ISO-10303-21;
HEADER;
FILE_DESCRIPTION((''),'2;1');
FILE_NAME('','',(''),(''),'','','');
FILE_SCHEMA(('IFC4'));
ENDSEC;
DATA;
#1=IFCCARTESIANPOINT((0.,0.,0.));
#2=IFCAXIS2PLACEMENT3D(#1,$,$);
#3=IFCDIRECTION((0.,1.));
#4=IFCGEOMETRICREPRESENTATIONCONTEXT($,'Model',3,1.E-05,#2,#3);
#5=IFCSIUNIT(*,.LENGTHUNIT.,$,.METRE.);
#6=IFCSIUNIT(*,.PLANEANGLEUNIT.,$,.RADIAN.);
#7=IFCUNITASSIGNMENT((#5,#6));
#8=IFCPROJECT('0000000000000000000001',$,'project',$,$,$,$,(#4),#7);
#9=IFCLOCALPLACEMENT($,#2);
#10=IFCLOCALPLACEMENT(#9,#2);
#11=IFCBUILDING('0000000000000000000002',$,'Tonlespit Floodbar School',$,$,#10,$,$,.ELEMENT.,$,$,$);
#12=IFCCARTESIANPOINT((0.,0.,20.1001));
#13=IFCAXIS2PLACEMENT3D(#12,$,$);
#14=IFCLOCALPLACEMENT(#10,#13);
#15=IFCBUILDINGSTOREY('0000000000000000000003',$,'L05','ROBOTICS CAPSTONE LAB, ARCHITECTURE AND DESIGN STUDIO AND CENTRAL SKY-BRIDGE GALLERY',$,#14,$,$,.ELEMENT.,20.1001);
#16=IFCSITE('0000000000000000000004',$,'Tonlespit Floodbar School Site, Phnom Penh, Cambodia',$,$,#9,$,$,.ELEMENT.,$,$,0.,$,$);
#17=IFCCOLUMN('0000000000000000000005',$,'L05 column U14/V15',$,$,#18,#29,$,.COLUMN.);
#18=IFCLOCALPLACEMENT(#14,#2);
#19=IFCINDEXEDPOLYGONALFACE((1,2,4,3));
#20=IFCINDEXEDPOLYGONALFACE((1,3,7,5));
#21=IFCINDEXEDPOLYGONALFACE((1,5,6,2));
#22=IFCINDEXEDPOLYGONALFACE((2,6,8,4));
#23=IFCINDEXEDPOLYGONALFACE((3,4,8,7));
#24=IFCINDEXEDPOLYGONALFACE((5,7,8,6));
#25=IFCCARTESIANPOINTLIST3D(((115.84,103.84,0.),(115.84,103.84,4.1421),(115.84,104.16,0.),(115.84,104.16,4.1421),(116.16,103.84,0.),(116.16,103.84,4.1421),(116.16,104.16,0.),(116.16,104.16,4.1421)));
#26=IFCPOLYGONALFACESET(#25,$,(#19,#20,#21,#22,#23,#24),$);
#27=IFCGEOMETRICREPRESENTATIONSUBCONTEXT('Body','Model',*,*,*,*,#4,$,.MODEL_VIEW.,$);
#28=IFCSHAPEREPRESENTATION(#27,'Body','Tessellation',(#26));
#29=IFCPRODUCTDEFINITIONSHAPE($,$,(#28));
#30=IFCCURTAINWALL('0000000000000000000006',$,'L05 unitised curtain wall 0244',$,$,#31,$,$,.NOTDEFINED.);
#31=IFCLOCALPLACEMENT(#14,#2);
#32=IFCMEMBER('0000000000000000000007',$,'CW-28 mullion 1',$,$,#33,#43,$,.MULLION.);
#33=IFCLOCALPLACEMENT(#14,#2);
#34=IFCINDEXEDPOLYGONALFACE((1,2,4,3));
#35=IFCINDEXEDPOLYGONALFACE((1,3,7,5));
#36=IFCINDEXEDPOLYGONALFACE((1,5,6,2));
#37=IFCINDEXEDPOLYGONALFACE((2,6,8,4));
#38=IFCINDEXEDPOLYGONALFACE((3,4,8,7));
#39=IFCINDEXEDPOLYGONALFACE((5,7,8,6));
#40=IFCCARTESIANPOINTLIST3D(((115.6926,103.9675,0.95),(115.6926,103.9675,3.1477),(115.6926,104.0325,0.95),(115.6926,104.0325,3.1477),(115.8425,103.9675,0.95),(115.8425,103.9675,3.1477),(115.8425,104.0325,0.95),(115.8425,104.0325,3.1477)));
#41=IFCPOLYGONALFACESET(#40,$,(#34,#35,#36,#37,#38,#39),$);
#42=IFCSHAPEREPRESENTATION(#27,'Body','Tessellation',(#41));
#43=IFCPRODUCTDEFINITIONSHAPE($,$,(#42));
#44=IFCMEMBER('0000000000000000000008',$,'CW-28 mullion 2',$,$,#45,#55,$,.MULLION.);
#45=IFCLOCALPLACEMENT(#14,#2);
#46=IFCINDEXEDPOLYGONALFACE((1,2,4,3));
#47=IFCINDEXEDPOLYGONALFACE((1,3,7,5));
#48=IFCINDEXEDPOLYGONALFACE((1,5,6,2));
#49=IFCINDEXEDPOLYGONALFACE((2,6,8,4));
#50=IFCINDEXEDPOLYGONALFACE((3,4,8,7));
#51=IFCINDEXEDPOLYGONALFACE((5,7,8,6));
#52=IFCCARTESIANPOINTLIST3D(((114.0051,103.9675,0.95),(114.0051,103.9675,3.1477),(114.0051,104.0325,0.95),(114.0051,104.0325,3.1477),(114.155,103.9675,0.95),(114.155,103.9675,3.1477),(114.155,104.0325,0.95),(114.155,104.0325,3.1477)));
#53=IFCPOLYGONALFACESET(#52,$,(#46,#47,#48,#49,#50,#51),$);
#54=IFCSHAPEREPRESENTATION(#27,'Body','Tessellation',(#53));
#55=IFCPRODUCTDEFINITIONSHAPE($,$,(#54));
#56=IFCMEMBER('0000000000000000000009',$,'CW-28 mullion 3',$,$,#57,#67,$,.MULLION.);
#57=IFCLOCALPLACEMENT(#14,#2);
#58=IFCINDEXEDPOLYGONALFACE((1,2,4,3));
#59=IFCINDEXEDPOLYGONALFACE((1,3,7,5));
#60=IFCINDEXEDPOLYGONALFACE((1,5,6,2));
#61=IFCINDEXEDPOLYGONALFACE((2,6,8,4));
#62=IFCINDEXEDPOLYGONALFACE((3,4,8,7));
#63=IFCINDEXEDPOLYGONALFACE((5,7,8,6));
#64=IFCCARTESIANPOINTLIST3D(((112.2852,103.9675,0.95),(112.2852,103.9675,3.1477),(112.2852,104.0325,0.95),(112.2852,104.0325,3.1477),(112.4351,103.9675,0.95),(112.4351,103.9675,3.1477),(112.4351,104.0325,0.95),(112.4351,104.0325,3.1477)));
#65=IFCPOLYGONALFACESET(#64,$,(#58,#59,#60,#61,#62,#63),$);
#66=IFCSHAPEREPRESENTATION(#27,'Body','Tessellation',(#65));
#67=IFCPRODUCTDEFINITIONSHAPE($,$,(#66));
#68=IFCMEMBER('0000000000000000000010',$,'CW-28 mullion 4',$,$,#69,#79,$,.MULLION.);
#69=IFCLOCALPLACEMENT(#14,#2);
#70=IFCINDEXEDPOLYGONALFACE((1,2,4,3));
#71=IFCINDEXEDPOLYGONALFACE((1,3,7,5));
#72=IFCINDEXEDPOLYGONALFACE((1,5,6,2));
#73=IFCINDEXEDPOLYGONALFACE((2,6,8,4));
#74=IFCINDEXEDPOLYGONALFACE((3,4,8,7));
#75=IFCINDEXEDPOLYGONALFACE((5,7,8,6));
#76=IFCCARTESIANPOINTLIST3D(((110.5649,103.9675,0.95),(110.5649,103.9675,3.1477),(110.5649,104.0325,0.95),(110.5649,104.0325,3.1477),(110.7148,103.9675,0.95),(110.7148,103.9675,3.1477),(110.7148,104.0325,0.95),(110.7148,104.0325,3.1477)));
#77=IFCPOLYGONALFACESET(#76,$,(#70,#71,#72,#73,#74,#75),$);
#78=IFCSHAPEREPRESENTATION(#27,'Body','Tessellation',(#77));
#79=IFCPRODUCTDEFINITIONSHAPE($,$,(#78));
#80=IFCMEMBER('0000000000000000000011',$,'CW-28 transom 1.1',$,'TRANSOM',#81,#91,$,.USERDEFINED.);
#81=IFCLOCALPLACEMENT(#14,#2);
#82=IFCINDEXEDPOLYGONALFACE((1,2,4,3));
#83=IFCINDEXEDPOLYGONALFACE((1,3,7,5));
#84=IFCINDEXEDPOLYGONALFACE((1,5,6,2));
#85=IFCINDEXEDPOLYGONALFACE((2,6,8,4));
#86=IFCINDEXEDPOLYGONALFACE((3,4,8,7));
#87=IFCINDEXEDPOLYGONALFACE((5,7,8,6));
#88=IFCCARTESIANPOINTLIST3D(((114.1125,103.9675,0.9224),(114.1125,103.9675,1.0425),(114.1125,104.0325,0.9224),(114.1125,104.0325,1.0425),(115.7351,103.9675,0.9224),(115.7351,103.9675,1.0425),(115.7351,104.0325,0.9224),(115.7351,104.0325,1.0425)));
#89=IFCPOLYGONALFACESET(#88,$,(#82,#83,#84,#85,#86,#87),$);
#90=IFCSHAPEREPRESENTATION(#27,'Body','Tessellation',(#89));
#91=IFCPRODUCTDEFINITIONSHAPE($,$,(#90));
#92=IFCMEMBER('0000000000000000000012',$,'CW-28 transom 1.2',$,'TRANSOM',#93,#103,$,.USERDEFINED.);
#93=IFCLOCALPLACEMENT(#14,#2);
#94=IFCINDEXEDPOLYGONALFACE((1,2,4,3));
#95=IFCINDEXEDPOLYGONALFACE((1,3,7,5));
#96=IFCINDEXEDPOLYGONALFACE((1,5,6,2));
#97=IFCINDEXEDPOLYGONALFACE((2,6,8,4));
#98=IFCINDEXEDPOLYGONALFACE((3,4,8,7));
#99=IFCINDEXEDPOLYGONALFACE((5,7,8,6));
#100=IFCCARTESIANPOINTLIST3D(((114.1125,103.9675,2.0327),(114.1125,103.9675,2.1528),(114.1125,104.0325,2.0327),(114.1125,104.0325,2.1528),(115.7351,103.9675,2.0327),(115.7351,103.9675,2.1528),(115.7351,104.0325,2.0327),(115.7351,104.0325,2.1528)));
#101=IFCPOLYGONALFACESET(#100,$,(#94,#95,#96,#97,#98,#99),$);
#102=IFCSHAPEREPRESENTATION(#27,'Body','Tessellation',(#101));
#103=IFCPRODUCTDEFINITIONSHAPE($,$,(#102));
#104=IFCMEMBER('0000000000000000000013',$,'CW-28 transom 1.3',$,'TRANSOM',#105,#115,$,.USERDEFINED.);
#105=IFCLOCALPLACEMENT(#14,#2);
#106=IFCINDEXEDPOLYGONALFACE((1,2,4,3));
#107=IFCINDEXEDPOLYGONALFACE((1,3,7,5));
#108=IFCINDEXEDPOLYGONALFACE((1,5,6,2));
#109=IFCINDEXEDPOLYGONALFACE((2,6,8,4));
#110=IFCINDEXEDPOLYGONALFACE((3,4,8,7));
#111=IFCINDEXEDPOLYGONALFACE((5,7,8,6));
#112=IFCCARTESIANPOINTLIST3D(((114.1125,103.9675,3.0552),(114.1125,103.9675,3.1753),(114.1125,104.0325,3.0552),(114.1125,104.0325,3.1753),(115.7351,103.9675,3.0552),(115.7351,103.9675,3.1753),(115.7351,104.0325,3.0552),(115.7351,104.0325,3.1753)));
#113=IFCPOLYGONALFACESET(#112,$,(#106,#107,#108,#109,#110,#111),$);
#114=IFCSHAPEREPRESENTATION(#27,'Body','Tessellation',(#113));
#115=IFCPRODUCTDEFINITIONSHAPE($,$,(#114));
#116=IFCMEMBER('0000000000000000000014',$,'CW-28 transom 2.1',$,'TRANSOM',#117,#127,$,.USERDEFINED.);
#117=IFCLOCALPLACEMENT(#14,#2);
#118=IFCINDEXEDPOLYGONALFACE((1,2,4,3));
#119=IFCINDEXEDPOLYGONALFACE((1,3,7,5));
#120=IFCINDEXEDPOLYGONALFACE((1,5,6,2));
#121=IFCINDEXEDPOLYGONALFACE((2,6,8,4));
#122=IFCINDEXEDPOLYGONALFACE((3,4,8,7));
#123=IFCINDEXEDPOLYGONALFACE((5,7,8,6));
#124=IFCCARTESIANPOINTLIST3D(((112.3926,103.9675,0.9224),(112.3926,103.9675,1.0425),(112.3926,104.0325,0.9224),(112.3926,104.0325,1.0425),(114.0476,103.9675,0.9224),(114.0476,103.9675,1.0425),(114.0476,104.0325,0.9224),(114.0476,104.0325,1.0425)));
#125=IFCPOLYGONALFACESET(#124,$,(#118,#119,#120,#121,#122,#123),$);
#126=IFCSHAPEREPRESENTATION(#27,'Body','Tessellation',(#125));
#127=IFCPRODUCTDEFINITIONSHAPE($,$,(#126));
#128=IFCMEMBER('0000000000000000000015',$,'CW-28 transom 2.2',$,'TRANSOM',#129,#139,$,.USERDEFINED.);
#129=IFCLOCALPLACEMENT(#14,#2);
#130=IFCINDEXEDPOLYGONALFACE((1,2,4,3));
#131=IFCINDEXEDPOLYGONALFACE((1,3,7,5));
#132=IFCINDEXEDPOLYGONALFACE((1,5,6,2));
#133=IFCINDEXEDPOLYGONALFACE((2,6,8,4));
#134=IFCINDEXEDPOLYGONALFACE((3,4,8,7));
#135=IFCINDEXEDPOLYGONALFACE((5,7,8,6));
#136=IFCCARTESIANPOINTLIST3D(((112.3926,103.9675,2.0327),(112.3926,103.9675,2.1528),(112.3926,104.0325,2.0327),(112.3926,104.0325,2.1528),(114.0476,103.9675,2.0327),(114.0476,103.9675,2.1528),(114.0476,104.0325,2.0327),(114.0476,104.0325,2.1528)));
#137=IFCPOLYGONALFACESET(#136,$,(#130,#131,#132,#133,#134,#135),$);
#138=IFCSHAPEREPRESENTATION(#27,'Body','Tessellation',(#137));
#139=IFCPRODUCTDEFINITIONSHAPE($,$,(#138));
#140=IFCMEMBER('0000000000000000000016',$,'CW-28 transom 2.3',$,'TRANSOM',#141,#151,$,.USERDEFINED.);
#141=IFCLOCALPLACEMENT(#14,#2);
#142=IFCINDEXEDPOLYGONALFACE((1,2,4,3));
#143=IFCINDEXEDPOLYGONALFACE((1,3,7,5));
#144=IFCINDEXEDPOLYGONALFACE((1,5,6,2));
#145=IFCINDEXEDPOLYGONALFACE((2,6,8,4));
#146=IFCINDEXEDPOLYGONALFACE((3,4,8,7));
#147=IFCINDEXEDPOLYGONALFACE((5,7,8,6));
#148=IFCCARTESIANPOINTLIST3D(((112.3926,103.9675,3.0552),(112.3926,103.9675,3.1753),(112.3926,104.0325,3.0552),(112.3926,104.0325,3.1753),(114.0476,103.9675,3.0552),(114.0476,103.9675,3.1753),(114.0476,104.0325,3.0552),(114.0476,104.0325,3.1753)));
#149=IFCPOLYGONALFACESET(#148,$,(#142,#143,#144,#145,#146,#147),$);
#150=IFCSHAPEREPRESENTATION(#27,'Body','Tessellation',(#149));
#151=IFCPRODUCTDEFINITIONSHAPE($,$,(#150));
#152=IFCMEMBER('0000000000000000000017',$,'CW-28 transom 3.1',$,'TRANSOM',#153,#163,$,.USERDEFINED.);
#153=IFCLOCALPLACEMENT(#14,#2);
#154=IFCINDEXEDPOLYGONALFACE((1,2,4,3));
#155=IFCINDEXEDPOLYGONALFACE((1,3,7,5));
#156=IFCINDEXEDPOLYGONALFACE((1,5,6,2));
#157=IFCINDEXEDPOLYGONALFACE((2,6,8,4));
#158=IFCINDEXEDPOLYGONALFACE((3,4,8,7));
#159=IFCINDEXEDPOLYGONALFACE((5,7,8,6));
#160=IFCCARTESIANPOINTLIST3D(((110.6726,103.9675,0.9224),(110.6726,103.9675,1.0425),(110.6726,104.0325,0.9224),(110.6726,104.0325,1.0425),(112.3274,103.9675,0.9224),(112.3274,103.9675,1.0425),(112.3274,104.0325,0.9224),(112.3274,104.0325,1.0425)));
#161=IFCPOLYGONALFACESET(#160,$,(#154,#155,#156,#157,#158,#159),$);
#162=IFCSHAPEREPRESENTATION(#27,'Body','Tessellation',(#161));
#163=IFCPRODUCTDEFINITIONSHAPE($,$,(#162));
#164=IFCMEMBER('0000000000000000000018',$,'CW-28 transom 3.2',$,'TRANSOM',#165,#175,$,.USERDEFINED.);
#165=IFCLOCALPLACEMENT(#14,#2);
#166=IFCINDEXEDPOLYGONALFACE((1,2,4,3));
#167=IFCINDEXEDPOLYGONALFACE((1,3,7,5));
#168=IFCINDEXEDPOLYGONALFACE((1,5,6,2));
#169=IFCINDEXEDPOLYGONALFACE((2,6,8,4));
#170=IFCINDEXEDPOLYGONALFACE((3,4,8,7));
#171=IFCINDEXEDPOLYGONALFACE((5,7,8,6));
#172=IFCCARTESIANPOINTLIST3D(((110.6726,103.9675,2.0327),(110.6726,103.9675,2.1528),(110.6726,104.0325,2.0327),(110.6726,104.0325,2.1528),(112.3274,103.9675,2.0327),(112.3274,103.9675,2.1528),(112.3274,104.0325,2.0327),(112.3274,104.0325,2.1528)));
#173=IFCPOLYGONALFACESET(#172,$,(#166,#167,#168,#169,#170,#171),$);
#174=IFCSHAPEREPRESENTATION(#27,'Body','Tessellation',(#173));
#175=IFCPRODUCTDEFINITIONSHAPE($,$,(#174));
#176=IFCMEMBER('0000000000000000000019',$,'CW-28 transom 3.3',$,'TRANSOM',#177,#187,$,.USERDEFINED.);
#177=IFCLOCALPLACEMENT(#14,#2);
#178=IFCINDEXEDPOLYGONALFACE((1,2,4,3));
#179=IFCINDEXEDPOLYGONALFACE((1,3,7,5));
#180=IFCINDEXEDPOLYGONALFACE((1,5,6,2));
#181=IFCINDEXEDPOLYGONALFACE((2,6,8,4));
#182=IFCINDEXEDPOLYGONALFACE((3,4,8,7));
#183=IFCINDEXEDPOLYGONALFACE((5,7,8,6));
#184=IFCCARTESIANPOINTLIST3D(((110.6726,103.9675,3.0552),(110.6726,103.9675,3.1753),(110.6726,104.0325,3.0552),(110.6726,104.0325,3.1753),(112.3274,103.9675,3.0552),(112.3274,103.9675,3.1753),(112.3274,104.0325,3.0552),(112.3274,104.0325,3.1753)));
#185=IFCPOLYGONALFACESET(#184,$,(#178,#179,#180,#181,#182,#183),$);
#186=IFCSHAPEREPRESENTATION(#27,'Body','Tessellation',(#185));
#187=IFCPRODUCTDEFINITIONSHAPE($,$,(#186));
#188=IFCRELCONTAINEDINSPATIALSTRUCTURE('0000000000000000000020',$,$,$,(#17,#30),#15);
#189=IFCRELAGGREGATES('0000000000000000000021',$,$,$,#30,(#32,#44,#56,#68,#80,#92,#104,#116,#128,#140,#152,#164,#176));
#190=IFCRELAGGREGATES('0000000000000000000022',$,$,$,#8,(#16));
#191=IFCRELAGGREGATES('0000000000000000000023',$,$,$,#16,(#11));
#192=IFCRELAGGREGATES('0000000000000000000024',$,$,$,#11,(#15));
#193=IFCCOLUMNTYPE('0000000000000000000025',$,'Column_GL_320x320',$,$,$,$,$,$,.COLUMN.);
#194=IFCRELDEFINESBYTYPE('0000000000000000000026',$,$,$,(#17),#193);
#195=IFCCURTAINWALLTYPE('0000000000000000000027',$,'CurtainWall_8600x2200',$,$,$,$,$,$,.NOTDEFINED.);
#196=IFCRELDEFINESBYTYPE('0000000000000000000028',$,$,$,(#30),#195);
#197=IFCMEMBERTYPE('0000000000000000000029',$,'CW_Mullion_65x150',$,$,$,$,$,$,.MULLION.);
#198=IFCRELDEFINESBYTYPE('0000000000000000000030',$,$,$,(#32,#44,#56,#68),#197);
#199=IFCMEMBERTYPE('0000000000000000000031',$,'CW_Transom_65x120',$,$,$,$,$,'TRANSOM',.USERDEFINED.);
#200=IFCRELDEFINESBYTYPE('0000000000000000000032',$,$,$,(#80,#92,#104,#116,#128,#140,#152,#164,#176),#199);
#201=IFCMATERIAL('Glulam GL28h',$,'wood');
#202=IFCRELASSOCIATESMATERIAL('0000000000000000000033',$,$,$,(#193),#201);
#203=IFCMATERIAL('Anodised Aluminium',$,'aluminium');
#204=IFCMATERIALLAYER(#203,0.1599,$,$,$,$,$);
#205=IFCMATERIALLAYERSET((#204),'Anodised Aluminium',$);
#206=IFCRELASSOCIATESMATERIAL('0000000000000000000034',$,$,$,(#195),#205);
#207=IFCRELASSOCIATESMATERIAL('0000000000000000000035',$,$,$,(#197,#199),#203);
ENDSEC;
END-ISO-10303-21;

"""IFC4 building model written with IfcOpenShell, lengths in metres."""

from ifc_helpers import new_model, si_unit, direction, frame, origin, origin_2d, place, context, subcontext, project, spatial, rectangle, extrude, material, layer, layer_set, material_profile, profile_set, type_object, element, aggregate, save


model = new_model("IFC4")

# Units and contexts
model_context = context("Model", 3, precision=1e-05, world=origin(), true_north=direction((0.0, 1.0)))
body_context = subcontext(model_context, "Body", "Model", "MODEL_VIEW")
ifc_project = project(units=[si_unit("LENGTHUNIT", "METRE"), si_unit("PLANEANGLEUNIT", "RADIAN")], contexts=[model_context])

# Site, building, storey
site_placement = place(None, origin())
site = spatial("IfcSite", under=ifc_project, at=site_placement, Name="Tonlespit Floodbar School Site, Phnom Penh, Cambodia", CompositionType="ELEMENT", RefElevation=0.0)
building_placement = place(site_placement, origin())
building = spatial("IfcBuilding", under=site, at=building_placement, Name="Tonlespit Floodbar School", CompositionType="ELEMENT")
storey_placement = place(building_placement, frame((0.0, 0.0, 20.1001)))
storey = spatial("IfcBuildingStorey", under=building, at=storey_placement, Name="L05", Description="ROBOTICS CAPSTONE LAB, ARCHITECTURE AND DESIGN STUDIO AND CENTRAL SKY-BRIDGE GALLERY", CompositionType="ELEMENT", Elevation=20.1001)

# Column
ifc_material_1 = material(Name="Glulam GL28h", Category="wood")
ifc_material_profile_1 = material_profile(ifc_material_1, rectangle(XDim=0.3201, YDim=0.3201, at=origin_2d()), Name="GL 320x320")
ifc_profile_set_1 = profile_set([ifc_material_profile_1], Name="Glulam GL28h")
column_type = type_object("IfcColumnType", Name="Column_GL_320x320", PredefinedType="COLUMN", material=ifc_profile_set_1)
column_placement = place(storey_placement, frame((116.0, 104.0, 0.0), z_axis=(0.0, 0.0, 1.0), x_axis=(1.0, 0.0, 0.0)))
element("IfcColumn", 1, at=column_placement, inside=storey, type_object=column_type, Name="L05 column U14/V15", PredefinedType="COLUMN", context=body_context, shape_type="SweptSolid", body=[
    extrude(rectangle(XDim=0.3201, YDim=0.3201, at=origin_2d()), origin(), (0.0, 0.0, 1.0), 4.1421),
])

# Curtain wall, members
ifc_material_2 = material(Name="Anodised Aluminium", Category="aluminium")
ifc_layer_1 = layer(ifc_material_2, 0.1599)
ifc_layer_set_1 = layer_set([ifc_layer_1], Name="Anodised Aluminium")
curtain_wall_type = type_object("IfcCurtainWallType", Name="CurtainWall_8600x2200", PredefinedType="NOTDEFINED", material=ifc_layer_set_1)
curtain_wall_placement = place(storey_placement, origin())
curtain_wall = element("IfcCurtainWall", 2, at=curtain_wall_placement, inside=storey, type_object=curtain_wall_type, Name="L05 unitised curtain wall 0244", PredefinedType="NOTDEFINED")
ifc_material_profile_2 = material_profile(ifc_material_2, rectangle(XDim=0.0649, YDim=0.1499, at=origin_2d()), Name="ALU M65x150")
ifc_profile_set_2 = profile_set([ifc_material_profile_2], Name="Anodised Aluminium")
member_type_1 = type_object("IfcMemberType", Name="CW_Mullion_65x150", PredefinedType="MULLION", material=ifc_profile_set_2)
member_1_placement = place(storey_placement, frame((115.7676, 104.0, 0.95), z_axis=(0.0, 0.0, 1.0), x_axis=(0.0, -1.0, 0.0)))
member_1 = element("IfcMember", 3, at=member_1_placement, type_object=member_type_1, Name="CW-28 mullion 1", PredefinedType="MULLION", context=body_context, shape_type="SweptSolid", body=[
    extrude(rectangle(XDim=0.0649, YDim=0.1499, at=origin_2d()), origin(), (0.0, 0.0, 1.0), 2.1978),
])
member_2_placement = place(storey_placement, frame((114.0801, 104.0, 0.95), z_axis=(0.0, 0.0, 1.0), x_axis=(0.0, -1.0, 0.0)))
member_2 = element("IfcMember", 4, at=member_2_placement, type_object=member_type_1, Name="CW-28 mullion 2", PredefinedType="MULLION", context=body_context, shape_type="SweptSolid", body=[
    extrude(rectangle(XDim=0.0649, YDim=0.1499, at=origin_2d()), origin(), (0.0, 0.0, 1.0), 2.1978),
])
member_3_placement = place(storey_placement, frame((112.3601, 104.0, 0.95), z_axis=(0.0, 0.0, 1.0), x_axis=(0.0, -1.0, 0.0)))
member_3 = element("IfcMember", 5, at=member_3_placement, type_object=member_type_1, Name="CW-28 mullion 3", PredefinedType="MULLION", context=body_context, shape_type="SweptSolid", body=[
    extrude(rectangle(XDim=0.0649, YDim=0.1499, at=origin_2d()), origin(), (0.0, 0.0, 1.0), 2.1978),
])
member_4_placement = place(storey_placement, frame((110.6399, 104.0, 0.95), z_axis=(0.0, 0.0, 1.0), x_axis=(0.0, -1.0, 0.0)))
member_4 = element("IfcMember", 6, at=member_4_placement, type_object=member_type_1, Name="CW-28 mullion 4", PredefinedType="MULLION", context=body_context, shape_type="SweptSolid", body=[
    extrude(rectangle(XDim=0.0649, YDim=0.1499, at=origin_2d()), origin(), (0.0, 0.0, 1.0), 2.1978),
])
ifc_material_profile_3 = material_profile(ifc_material_2, rectangle(XDim=0.0649, YDim=0.1201, at=origin_2d()), Name="ALU T65x120")
ifc_profile_set_3 = profile_set([ifc_material_profile_3], Name="Anodised Aluminium")
member_type_2 = type_object("IfcMemberType", Name="CW_Transom_65x120", ElementType="TRANSOM", PredefinedType="USERDEFINED", material=ifc_profile_set_3)
member_5_placement = place(storey_placement, frame((115.7351, 104.0, 0.9824), z_axis=(-1.0, 0.0, 0.0), x_axis=(0.0, -1.0, 0.0)))
member_5 = element("IfcMember", 7, at=member_5_placement, type_object=member_type_2, Name="CW-28 transom 1.1", ObjectType="TRANSOM", PredefinedType="USERDEFINED", context=body_context, shape_type="SweptSolid", body=[
    extrude(rectangle(XDim=0.0649, YDim=0.1201, at=origin_2d()), origin(), (0.0, 0.0, 1.0), 1.6226),
])
member_6_placement = place(storey_placement, frame((115.7351, 104.0, 2.0928), z_axis=(-1.0, 0.0, 0.0), x_axis=(0.0, -1.0, 0.0)))
member_6 = element("IfcMember", 8, at=member_6_placement, type_object=member_type_2, Name="CW-28 transom 1.2", ObjectType="TRANSOM", PredefinedType="USERDEFINED", context=body_context, shape_type="SweptSolid", body=[
    extrude(rectangle(XDim=0.0649, YDim=0.1201, at=origin_2d()), origin(), (0.0, 0.0, 1.0), 1.6226),
])
member_7_placement = place(storey_placement, frame((115.7351, 104.0, 3.1152), z_axis=(-1.0, 0.0, 0.0), x_axis=(0.0, -1.0, 0.0)))
member_7 = element("IfcMember", 9, at=member_7_placement, type_object=member_type_2, Name="CW-28 transom 1.3", ObjectType="TRANSOM", PredefinedType="USERDEFINED", context=body_context, shape_type="SweptSolid", body=[
    extrude(rectangle(XDim=0.0649, YDim=0.1201, at=origin_2d()), origin(), (0.0, 0.0, 1.0), 1.6226),
])
member_8_placement = place(storey_placement, frame((114.0476, 104.0, 0.9824), z_axis=(-1.0, 0.0, 0.0), x_axis=(0.0, -1.0, 0.0)))
member_8 = element("IfcMember", 10, at=member_8_placement, type_object=member_type_2, Name="CW-28 transom 2.1", ObjectType="TRANSOM", PredefinedType="USERDEFINED", context=body_context, shape_type="SweptSolid", body=[
    extrude(rectangle(XDim=0.0649, YDim=0.1201, at=origin_2d()), origin(), (0.0, 0.0, 1.0), 1.655),
])
member_9_placement = place(storey_placement, frame((114.0476, 104.0, 2.0928), z_axis=(-1.0, 0.0, 0.0), x_axis=(0.0, -1.0, 0.0)))
member_9 = element("IfcMember", 11, at=member_9_placement, type_object=member_type_2, Name="CW-28 transom 2.2", ObjectType="TRANSOM", PredefinedType="USERDEFINED", context=body_context, shape_type="SweptSolid", body=[
    extrude(rectangle(XDim=0.0649, YDim=0.1201, at=origin_2d()), origin(), (0.0, 0.0, 1.0), 1.655),
])
member_10_placement = place(storey_placement, frame((114.0476, 104.0, 3.1152), z_axis=(-1.0, 0.0, 0.0), x_axis=(0.0, -1.0, 0.0)))
member_10 = element("IfcMember", 12, at=member_10_placement, type_object=member_type_2, Name="CW-28 transom 2.3", ObjectType="TRANSOM", PredefinedType="USERDEFINED", context=body_context, shape_type="SweptSolid", body=[
    extrude(rectangle(XDim=0.0649, YDim=0.1201, at=origin_2d()), origin(), (0.0, 0.0, 1.0), 1.655),
])
member_11_placement = place(storey_placement, frame((112.3274, 104.0, 0.9824), z_axis=(-1.0, 0.0, 0.0), x_axis=(0.0, -1.0, 0.0)))
member_11 = element("IfcMember", 13, at=member_11_placement, type_object=member_type_2, Name="CW-28 transom 3.1", ObjectType="TRANSOM", PredefinedType="USERDEFINED", context=body_context, shape_type="SweptSolid", body=[
    extrude(rectangle(XDim=0.0649, YDim=0.1201, at=origin_2d()), origin(), (0.0, 0.0, 1.0), 1.6548),
])
member_12_placement = place(storey_placement, frame((112.3274, 104.0, 2.0928), z_axis=(-1.0, 0.0, 0.0), x_axis=(0.0, -1.0, 0.0)))
member_12 = element("IfcMember", 14, at=member_12_placement, type_object=member_type_2, Name="CW-28 transom 3.2", ObjectType="TRANSOM", PredefinedType="USERDEFINED", context=body_context, shape_type="SweptSolid", body=[
    extrude(rectangle(XDim=0.0649, YDim=0.1201, at=origin_2d()), origin(), (0.0, 0.0, 1.0), 1.6548),
])
member_13_placement = place(storey_placement, frame((112.3274, 104.0, 3.1152), z_axis=(-1.0, 0.0, 0.0), x_axis=(0.0, -1.0, 0.0)))
member_13 = element("IfcMember", 15, at=member_13_placement, type_object=member_type_2, Name="CW-28 transom 3.3", ObjectType="TRANSOM", PredefinedType="USERDEFINED", context=body_context, shape_type="SweptSolid", body=[
    extrude(rectangle(XDim=0.0649, YDim=0.1201, at=origin_2d()), origin(), (0.0, 0.0, 1.0), 1.6548),
])
aggregate(curtain_wall, [member_1, member_2, member_3, member_4, member_5, member_6, member_7, member_8, member_9, member_10, member_11, member_12, member_13])

save(model, "model.ifc")
